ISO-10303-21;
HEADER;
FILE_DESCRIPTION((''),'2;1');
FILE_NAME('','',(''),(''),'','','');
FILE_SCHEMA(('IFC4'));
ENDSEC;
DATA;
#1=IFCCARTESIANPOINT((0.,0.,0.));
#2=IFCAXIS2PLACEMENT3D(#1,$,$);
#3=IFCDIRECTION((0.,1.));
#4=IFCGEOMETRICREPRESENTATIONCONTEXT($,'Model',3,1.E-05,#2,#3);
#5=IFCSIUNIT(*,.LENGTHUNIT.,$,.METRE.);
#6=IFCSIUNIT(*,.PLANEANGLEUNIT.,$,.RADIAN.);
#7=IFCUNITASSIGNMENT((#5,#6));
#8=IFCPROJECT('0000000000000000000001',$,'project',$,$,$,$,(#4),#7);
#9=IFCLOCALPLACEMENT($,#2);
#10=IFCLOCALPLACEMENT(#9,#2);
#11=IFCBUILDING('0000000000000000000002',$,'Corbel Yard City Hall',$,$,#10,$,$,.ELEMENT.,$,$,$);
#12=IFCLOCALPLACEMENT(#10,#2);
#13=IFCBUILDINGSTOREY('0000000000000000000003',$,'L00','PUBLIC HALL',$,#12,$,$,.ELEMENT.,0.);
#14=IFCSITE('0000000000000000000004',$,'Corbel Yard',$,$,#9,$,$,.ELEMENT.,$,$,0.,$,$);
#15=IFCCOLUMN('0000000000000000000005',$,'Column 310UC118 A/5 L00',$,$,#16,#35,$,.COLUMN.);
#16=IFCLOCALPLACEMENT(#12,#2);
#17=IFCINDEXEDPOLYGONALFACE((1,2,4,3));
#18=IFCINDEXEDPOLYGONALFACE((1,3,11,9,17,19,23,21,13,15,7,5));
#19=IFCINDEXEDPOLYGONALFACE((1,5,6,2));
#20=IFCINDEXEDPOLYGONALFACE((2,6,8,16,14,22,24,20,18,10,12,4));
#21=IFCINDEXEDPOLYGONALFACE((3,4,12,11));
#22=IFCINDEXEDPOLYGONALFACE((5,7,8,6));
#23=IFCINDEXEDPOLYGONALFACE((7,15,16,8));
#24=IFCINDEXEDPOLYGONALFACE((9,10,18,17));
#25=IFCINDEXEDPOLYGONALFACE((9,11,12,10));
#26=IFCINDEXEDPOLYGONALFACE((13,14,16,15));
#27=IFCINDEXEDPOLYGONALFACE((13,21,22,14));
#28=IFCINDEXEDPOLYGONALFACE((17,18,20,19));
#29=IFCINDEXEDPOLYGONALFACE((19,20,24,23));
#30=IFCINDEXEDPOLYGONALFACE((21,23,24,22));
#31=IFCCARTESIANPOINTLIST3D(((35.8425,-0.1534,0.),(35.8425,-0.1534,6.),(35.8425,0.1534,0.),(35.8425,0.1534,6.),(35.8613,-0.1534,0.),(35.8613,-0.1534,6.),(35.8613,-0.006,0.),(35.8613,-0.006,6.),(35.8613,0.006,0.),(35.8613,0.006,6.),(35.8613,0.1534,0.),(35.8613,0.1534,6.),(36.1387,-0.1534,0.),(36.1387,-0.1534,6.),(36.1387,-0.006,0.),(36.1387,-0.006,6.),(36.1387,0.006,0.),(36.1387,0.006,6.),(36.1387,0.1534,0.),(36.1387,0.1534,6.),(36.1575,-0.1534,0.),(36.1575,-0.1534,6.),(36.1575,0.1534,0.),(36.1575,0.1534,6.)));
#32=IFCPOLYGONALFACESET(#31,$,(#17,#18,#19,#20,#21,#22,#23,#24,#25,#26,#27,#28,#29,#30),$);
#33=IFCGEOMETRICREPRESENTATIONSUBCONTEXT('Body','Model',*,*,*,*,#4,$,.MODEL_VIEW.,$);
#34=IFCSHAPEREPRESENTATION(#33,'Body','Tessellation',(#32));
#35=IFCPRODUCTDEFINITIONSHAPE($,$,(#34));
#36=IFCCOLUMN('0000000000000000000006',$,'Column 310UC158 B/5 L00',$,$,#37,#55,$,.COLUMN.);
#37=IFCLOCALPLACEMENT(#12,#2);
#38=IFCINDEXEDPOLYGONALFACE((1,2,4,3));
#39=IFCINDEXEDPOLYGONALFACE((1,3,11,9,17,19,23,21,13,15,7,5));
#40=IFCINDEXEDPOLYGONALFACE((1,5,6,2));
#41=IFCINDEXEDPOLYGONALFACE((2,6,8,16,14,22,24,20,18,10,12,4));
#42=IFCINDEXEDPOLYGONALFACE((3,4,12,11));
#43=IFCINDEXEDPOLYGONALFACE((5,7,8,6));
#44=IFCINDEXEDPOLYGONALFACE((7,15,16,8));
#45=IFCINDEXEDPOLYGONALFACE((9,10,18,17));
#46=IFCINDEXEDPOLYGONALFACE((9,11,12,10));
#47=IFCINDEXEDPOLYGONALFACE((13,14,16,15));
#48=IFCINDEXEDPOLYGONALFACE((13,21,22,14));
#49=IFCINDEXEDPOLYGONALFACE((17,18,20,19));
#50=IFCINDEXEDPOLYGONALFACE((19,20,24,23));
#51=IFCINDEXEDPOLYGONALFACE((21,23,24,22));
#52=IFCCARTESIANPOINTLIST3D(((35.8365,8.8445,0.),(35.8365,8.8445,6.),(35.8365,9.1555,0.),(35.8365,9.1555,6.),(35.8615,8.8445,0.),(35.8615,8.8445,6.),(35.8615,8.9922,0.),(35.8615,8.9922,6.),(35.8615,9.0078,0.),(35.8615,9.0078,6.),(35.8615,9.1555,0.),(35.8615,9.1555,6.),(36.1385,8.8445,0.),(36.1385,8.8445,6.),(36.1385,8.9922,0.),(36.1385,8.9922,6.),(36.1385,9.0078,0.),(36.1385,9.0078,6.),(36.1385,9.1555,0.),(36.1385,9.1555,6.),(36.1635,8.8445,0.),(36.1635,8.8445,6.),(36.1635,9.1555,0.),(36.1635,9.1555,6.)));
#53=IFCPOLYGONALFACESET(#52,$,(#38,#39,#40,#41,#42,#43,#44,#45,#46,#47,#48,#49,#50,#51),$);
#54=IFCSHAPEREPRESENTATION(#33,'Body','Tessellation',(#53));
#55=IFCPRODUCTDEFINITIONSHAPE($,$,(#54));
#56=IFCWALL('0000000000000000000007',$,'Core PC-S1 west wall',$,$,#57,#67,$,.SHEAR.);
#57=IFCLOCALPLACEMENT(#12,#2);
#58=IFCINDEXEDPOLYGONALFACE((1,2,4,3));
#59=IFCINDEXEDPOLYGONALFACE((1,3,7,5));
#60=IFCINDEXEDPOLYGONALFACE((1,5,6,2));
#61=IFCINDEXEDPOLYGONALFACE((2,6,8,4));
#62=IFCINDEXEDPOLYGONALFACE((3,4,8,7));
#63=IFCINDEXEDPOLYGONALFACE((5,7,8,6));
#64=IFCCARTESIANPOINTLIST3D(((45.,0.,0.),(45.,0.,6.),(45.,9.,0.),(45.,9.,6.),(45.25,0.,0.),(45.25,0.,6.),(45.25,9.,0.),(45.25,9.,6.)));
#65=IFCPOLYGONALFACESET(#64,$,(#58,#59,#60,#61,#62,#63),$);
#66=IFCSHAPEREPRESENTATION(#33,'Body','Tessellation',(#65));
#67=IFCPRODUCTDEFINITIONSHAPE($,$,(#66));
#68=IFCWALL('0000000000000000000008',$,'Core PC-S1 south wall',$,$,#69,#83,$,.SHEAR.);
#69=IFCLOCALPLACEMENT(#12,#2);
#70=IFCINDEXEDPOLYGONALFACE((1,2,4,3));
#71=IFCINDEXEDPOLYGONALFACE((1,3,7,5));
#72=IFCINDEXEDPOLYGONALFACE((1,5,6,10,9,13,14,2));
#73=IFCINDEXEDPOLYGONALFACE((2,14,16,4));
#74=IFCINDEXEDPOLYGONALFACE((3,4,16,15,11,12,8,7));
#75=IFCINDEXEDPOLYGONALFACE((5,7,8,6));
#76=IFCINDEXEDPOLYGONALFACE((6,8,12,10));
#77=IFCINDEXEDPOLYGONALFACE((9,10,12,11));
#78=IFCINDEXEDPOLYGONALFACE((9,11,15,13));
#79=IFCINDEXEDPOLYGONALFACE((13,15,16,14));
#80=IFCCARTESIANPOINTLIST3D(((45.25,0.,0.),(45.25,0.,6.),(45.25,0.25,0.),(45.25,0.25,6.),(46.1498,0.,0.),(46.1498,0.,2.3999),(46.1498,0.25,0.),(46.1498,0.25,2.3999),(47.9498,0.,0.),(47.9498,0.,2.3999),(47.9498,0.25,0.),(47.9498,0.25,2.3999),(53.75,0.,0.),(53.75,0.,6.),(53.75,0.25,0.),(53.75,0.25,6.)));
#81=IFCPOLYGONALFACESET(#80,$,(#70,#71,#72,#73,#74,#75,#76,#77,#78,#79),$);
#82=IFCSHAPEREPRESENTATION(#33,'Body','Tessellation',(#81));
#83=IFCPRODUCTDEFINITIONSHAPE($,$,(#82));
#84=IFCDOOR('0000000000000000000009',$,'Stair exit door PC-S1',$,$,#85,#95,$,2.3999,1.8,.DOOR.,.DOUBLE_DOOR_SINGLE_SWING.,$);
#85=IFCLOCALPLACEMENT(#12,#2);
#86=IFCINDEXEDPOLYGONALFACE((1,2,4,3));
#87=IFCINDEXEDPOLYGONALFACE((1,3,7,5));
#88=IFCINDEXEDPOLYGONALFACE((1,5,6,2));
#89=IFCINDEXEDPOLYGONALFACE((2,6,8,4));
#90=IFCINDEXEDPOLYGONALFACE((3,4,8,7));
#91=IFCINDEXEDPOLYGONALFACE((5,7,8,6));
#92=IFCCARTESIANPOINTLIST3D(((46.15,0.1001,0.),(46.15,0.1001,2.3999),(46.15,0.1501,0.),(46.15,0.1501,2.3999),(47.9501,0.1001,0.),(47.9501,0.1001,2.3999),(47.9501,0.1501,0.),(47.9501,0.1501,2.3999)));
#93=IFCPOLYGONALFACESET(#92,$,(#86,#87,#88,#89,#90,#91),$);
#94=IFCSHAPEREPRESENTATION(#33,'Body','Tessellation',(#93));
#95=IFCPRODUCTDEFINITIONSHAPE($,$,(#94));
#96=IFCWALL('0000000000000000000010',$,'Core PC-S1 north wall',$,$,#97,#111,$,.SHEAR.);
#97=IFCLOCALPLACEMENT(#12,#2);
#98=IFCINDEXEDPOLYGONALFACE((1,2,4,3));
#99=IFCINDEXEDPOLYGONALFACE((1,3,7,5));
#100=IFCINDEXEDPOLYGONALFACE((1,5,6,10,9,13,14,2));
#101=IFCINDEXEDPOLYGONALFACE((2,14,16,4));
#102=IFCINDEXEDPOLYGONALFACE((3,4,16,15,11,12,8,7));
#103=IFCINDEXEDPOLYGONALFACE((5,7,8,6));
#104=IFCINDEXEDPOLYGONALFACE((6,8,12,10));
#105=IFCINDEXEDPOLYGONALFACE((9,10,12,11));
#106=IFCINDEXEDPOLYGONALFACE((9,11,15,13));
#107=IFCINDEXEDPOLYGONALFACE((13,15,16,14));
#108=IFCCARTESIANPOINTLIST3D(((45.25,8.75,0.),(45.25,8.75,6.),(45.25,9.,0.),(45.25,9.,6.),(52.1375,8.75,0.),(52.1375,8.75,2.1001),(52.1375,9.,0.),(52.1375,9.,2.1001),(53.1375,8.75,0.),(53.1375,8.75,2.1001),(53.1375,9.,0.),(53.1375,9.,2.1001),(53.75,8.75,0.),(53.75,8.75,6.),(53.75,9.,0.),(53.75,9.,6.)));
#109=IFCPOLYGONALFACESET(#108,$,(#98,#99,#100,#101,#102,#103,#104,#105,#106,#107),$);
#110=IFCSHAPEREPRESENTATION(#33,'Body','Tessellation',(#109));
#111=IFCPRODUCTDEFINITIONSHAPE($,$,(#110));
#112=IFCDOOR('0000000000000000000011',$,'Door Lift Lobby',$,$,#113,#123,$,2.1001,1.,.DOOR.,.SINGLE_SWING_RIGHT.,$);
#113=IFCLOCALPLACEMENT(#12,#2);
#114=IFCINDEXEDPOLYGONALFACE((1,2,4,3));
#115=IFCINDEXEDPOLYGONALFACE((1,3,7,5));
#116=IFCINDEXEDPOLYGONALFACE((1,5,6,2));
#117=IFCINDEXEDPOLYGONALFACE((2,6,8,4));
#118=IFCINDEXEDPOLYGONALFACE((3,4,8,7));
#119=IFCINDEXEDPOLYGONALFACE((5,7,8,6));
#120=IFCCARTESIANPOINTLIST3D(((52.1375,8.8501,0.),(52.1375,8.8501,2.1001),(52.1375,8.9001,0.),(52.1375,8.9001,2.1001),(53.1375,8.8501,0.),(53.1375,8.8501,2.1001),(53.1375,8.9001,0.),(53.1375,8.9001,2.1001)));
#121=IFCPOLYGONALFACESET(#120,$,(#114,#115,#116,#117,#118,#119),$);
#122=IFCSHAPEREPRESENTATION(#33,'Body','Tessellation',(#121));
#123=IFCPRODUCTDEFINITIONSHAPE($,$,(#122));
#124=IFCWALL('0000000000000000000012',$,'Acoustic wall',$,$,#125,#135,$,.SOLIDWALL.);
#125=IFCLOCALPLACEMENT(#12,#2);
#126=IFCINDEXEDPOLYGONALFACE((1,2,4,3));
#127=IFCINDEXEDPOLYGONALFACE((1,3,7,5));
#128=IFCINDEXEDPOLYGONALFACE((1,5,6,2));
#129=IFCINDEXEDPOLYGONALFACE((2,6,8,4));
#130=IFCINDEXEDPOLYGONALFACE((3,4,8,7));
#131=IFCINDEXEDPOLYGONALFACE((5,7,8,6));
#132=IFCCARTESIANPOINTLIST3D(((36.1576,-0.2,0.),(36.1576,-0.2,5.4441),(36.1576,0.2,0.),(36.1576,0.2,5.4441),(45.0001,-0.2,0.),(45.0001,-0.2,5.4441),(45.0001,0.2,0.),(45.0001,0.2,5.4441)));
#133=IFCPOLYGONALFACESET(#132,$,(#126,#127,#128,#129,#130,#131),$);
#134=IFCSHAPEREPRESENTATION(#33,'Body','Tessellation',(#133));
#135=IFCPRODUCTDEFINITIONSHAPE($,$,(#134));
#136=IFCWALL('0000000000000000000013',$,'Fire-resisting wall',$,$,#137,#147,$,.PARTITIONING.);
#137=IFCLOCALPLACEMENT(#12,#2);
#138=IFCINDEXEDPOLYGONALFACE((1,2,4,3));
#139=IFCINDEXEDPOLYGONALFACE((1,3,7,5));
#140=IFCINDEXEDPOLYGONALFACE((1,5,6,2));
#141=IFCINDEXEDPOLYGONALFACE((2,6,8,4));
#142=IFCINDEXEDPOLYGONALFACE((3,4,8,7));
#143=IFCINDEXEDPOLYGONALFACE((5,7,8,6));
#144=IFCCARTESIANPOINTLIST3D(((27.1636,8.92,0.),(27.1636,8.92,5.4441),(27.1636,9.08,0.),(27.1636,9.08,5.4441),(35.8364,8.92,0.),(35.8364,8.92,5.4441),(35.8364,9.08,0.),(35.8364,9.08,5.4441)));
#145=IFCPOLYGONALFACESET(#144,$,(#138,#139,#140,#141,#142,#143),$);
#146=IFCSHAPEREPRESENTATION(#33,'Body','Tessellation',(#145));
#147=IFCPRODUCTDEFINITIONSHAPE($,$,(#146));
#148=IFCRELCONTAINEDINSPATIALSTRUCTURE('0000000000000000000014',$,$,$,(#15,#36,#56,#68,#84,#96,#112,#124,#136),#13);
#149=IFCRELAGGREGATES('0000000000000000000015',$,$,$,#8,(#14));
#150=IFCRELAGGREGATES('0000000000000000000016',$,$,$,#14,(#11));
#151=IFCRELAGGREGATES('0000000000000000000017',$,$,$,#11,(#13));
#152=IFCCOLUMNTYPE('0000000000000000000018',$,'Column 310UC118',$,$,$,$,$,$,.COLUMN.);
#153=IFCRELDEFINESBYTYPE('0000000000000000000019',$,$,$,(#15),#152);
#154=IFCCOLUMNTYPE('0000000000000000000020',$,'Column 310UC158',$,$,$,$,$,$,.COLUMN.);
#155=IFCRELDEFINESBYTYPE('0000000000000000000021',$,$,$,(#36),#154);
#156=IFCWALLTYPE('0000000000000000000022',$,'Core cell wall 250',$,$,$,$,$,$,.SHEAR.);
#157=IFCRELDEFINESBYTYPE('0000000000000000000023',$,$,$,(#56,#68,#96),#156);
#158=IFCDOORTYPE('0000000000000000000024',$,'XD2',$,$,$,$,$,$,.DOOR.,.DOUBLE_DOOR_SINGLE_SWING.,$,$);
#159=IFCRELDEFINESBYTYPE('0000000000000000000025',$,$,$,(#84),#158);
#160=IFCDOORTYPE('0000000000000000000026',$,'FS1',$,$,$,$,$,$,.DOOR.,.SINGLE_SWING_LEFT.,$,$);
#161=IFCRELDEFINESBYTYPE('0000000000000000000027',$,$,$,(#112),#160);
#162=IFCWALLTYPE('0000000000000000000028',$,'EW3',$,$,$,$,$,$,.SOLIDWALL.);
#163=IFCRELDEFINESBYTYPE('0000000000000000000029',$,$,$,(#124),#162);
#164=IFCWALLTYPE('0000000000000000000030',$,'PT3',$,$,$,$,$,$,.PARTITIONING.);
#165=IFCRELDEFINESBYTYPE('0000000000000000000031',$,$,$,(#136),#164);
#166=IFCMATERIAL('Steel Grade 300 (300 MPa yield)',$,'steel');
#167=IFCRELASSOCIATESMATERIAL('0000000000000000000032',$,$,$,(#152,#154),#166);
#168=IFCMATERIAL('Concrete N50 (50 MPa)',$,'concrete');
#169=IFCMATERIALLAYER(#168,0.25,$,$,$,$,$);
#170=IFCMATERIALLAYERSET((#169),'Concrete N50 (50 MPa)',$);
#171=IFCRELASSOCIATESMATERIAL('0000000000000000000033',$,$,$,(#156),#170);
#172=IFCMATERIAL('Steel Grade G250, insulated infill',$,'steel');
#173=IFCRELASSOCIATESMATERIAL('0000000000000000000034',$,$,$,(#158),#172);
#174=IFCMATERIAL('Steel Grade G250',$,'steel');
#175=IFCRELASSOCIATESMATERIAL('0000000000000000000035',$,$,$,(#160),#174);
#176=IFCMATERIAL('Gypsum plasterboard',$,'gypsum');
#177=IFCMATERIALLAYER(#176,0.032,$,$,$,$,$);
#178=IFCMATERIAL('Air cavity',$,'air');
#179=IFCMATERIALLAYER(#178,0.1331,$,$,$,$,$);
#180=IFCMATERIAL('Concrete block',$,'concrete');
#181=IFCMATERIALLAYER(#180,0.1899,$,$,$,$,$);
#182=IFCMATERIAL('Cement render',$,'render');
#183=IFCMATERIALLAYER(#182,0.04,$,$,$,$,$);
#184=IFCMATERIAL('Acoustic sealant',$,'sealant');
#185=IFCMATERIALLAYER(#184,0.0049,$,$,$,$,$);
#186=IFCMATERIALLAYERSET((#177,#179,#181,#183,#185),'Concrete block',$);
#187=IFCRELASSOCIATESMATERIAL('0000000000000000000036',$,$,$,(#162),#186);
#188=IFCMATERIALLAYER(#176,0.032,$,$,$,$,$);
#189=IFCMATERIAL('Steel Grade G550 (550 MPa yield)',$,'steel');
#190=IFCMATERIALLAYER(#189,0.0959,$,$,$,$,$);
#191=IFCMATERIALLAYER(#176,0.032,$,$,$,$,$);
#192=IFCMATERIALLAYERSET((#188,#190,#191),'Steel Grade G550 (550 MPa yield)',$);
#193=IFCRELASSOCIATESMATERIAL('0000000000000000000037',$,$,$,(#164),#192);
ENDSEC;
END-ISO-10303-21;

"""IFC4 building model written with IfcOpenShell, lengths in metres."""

from ifc_helpers import new_model, si_unit, direction, frame, frame_2d, origin, origin_2d, place, context, subcontext, project, spatial, rectangle, i_section, extrude, material, layer, layer_set, material_profile, profile_set, type_object, element, fill, save


model = new_model("IFC4")

# Units and contexts
model_context = context("Model", 3, precision=1e-05, world=origin(), true_north=direction((0.0, 1.0)))
body_context = subcontext(model_context, "Body", "Model", "MODEL_VIEW")
ifc_project = project(units=[si_unit("LENGTHUNIT", "METRE"), si_unit("PLANEANGLEUNIT", "RADIAN")], contexts=[model_context])

# Site, building, storey
site_placement = place(None, origin())
site = spatial("IfcSite", under=ifc_project, at=site_placement, Name="Corbel Yard", CompositionType="ELEMENT", RefElevation=0.0)
building_placement = place(site_placement, origin())
building = spatial("IfcBuilding", under=site, at=building_placement, Name="Corbel Yard City Hall", CompositionType="ELEMENT")
storey_placement = place(building_placement, origin())
storey = spatial("IfcBuildingStorey", under=building, at=storey_placement, Name="L00", Description="PUBLIC HALL", CompositionType="ELEMENT", Elevation=0.0)

# Columns
ifc_material_1 = material(Name="Steel Grade 300 (300 MPa yield)", Category="steel")
ifc_material_profile_1 = material_profile(ifc_material_1, i_section(OverallWidth=0.3069, OverallDepth=0.3149, WebThickness=0.012, FlangeThickness=0.0188, at=origin_2d()), Name="310UC118")
ifc_profile_set_1 = profile_set([ifc_material_profile_1], Name="Steel Grade 300 (300 MPa yield)")
column_type_1 = type_object("IfcColumnType", Name="Column 310UC118", PredefinedType="COLUMN", material=ifc_profile_set_1)
column_1_placement = place(storey_placement, frame((36.0, 0.0, 0.0), z_axis=(0.0, 0.0, 1.0), x_axis=(0.0, 1.0, 0.0)))
element("IfcColumn", 1, at=column_1_placement, inside=storey, type_object=column_type_1, Name="Column 310UC118 A/5 L00", PredefinedType="COLUMN", context=body_context, shape_type="SweptSolid", body=[
    extrude(i_section(OverallWidth=0.3069, OverallDepth=0.3149, WebThickness=0.012, FlangeThickness=0.0188, at=origin_2d()), origin(), (0.0, 0.0, 1.0), 6.0),
])
ifc_material_profile_2 = material_profile(ifc_material_1, i_section(OverallWidth=0.311, OverallDepth=0.3269, WebThickness=0.0156, FlangeThickness=0.0249, at=origin_2d()), Name="310UC158")
ifc_profile_set_2 = profile_set([ifc_material_profile_2], Name="Steel Grade 300 (300 MPa yield)")
column_type_2 = type_object("IfcColumnType", Name="Column 310UC158", PredefinedType="COLUMN", material=ifc_profile_set_2)
column_2_placement = place(storey_placement, frame((36.0, 9.0, 0.0), z_axis=(0.0, 0.0, 1.0), x_axis=(0.0, 1.0, 0.0)))
element("IfcColumn", 2, at=column_2_placement, inside=storey, type_object=column_type_2, Name="Column 310UC158 B/5 L00", PredefinedType="COLUMN", context=body_context, shape_type="SweptSolid", body=[
    extrude(i_section(OverallWidth=0.311, OverallDepth=0.3269, WebThickness=0.0156, FlangeThickness=0.0249, at=origin_2d()), origin(), (0.0, 0.0, 1.0), 6.0),
])

# Wall
ifc_material_2 = material(Name="Concrete N50 (50 MPa)", Category="concrete")
ifc_layer_1 = layer(ifc_material_2, 0.25)
ifc_layer_set_1 = layer_set([ifc_layer_1], Name="Concrete N50 (50 MPa)")
wall_type_1 = type_object("IfcWallType", Name="Core cell wall 250", PredefinedType="SHEAR", material=ifc_layer_set_1)
wall_1_placement = place(storey_placement, frame((45.125, 0.0, 0.0), z_axis=(0.0, 0.0, 1.0), x_axis=(0.0, 1.0, 0.0)))
element("IfcWall", 3, at=wall_1_placement, inside=storey, type_object=wall_type_1, Name="Core PC-S1 west wall", PredefinedType="SHEAR", context=body_context, shape_type="SweptSolid", body=[
    extrude(rectangle(XDim=9.0, YDim=0.25, at=frame_2d((4.5, 0.0))), origin(), (0.0, 0.0, 1.0), 6.0),
])

# Walls, openings, doors
wall_2_placement = place(storey_placement, frame((45.25, 0.125, 0.0), z_axis=(0.0, 0.0, 1.0), x_axis=(1.0, 0.0, 0.0)))
wall_2 = element("IfcWall", 4, at=wall_2_placement, inside=storey, type_object=wall_type_1, Name="Core PC-S1 south wall", PredefinedType="SHEAR", context=body_context, shape_type="SweptSolid", body=[
    extrude(rectangle(XDim=8.5, YDim=0.25, at=frame_2d((4.25, 0.0))), origin(), (0.0, 0.0, 1.0), 6.0),
])
opening_1_placement = place(wall_2_placement, frame((0.8999, 0.0, 0.0)))
opening_1 = element("IfcOpeningElement", 5, at=opening_1_placement, cuts=wall_2, PredefinedType="OPENING", context=body_context, shape_type="SweptSolid", body=[
    extrude(rectangle(XDim=1.8, YDim=2.3999, at=frame_2d((0.8999, 1.2))), frame((0.0, 0.135, 0.0), z_axis=(0.0, -1.0, 0.0), x_axis=(1.0, 0.0, 0.0)), (0.0, 0.0, 1.0), 0.27),
])
ifc_material_3 = material(Name="Steel Grade G250, insulated infill", Category="steel")
door_type_1 = type_object("IfcDoorType", Name="XD2", OperationType="DOUBLE_DOOR_SINGLE_SWING", PredefinedType="DOOR", material=ifc_material_3)
door_1_placement = place(opening_1_placement, frame((1.8, 0.0, 0.0), z_axis=(0.0, 0.0, 1.0), x_axis=(-1.0, 0.0, 0.0)))
door_1 = element("IfcDoor", 6, at=door_1_placement, inside=storey, type_object=door_type_1, Name="Stair exit door PC-S1", OperationType="DOUBLE_DOOR_SINGLE_SWING", OverallHeight=2.3999, OverallWidth=1.8, PredefinedType="DOOR", context=body_context, shape_type="SweptSolid", body=[
    extrude(rectangle(XDim=1.8, YDim=2.3999, at=frame_2d((0.8999, 1.2))), frame((0.0, 0.0249, 0.0), z_axis=(0.0, -1.0, 0.0), x_axis=(1.0, 0.0, 0.0)), (0.0, 0.0, 1.0), 0.05),
])
fill(opening_1, door_1)
wall_3_placement = place(storey_placement, frame((45.25, 8.875, 0.0), z_axis=(0.0, 0.0, 1.0), x_axis=(1.0, 0.0, 0.0)))
wall_3 = element("IfcWall", 7, at=wall_3_placement, inside=storey, type_object=wall_type_1, Name="Core PC-S1 north wall", PredefinedType="SHEAR", context=body_context, shape_type="SweptSolid", body=[
    extrude(rectangle(XDim=8.5, YDim=0.25, at=frame_2d((4.25, 0.0))), origin(), (0.0, 0.0, 1.0), 6.0),
])
opening_2_placement = place(wall_3_placement, frame((6.8875, 0.0, 0.0)))
opening_2 = element("IfcOpeningElement", 8, at=opening_2_placement, cuts=wall_3, PredefinedType="OPENING", context=body_context, shape_type="SweptSolid", body=[
    extrude(rectangle(XDim=1.0, YDim=2.1001, at=frame_2d((0.5, 1.05))), frame((0.0, 0.135, 0.0), z_axis=(0.0, -1.0, 0.0), x_axis=(1.0, 0.0, 0.0)), (0.0, 0.0, 1.0), 0.27),
])
ifc_material_4 = material(Name="Steel Grade G250", Category="steel")
door_type_2 = type_object("IfcDoorType", Name="FS1", OperationType="SINGLE_SWING_LEFT", PredefinedType="DOOR", material=ifc_material_4)
door_2_placement = place(opening_2_placement, frame((1.0, 0.0, 0.0), z_axis=(0.0, 0.0, 1.0), x_axis=(-1.0, 0.0, 0.0)))
door_2 = element("IfcDoor", 9, at=door_2_placement, inside=storey, type_object=door_type_2, Name="Door Lift Lobby", OperationType="SINGLE_SWING_RIGHT", OverallHeight=2.1001, OverallWidth=1.0, PredefinedType="DOOR", context=body_context, shape_type="SweptSolid", body=[
    extrude(rectangle(XDim=1.0, YDim=2.1001, at=frame_2d((0.5, 1.05))), frame((0.0, 0.0249, 0.0), z_axis=(0.0, -1.0, 0.0), x_axis=(1.0, 0.0, 0.0)), (0.0, 0.0, 1.0), 0.05),
])
fill(opening_2, door_2)

# Walls
ifc_material_5 = material(Name="Gypsum plasterboard", Category="gypsum")
ifc_layer_2 = layer(ifc_material_5, 0.032)
ifc_material_6 = material(Name="Air cavity", Category="air")
ifc_layer_3 = layer(ifc_material_6, 0.1331)
ifc_material_7 = material(Name="Concrete block", Category="concrete")
ifc_layer_4 = layer(ifc_material_7, 0.1899)
ifc_material_8 = material(Name="Cement render", Category="render")
ifc_layer_5 = layer(ifc_material_8, 0.04)
ifc_material_9 = material(Name="Acoustic sealant", Category="sealant")
ifc_layer_6 = layer(ifc_material_9, 0.0049)
ifc_layer_set_2 = layer_set([ifc_layer_2, ifc_layer_3, ifc_layer_4, ifc_layer_5, ifc_layer_6], Name="Concrete block")
wall_type_2 = type_object("IfcWallType", Name="EW3", PredefinedType="SOLIDWALL", material=ifc_layer_set_2)
wall_4_placement = place(storey_placement, frame((36.1575, 0.0, 0.0), z_axis=(0.0, 0.0, 1.0), x_axis=(1.0, 0.0, 0.0)))
element("IfcWall", 10, at=wall_4_placement, inside=storey, type_object=wall_type_2, Name="Acoustic wall", PredefinedType="SOLIDWALL", context=body_context, shape_type="SweptSolid", body=[
    extrude(rectangle(XDim=8.8425, YDim=0.3999, at=frame_2d((4.4214, 0.0))), origin(), (0.0, 0.0, 1.0), 5.4441),
])
ifc_layer_7 = layer(ifc_material_5, 0.032)
ifc_material_10 = material(Name="Steel Grade G550 (550 MPa yield)", Category="steel")
ifc_layer_8 = layer(ifc_material_10, 0.0959)
ifc_layer_9 = layer(ifc_material_5, 0.032)
ifc_layer_set_3 = layer_set([ifc_layer_7, ifc_layer_8, ifc_layer_9], Name="Steel Grade G550 (550 MPa yield)")
wall_type_3 = type_object("IfcWallType", Name="PT3", PredefinedType="PARTITIONING", material=ifc_layer_set_3)
wall_5_placement = place(storey_placement, frame((27.1636, 9.0, 0.0), z_axis=(0.0, 0.0, 1.0), x_axis=(1.0, 0.0, 0.0)))
element("IfcWall", 11, at=wall_5_placement, inside=storey, type_object=wall_type_3, Name="Fire-resisting wall", PredefinedType="PARTITIONING", context=body_context, shape_type="SweptSolid", body=[
    extrude(rectangle(XDim=8.6729, YDim=0.1599, at=frame_2d((4.3364, 0.0))), origin(), (0.0, 0.0, 1.0), 5.4441),
])

save(model, "model.ifc")
